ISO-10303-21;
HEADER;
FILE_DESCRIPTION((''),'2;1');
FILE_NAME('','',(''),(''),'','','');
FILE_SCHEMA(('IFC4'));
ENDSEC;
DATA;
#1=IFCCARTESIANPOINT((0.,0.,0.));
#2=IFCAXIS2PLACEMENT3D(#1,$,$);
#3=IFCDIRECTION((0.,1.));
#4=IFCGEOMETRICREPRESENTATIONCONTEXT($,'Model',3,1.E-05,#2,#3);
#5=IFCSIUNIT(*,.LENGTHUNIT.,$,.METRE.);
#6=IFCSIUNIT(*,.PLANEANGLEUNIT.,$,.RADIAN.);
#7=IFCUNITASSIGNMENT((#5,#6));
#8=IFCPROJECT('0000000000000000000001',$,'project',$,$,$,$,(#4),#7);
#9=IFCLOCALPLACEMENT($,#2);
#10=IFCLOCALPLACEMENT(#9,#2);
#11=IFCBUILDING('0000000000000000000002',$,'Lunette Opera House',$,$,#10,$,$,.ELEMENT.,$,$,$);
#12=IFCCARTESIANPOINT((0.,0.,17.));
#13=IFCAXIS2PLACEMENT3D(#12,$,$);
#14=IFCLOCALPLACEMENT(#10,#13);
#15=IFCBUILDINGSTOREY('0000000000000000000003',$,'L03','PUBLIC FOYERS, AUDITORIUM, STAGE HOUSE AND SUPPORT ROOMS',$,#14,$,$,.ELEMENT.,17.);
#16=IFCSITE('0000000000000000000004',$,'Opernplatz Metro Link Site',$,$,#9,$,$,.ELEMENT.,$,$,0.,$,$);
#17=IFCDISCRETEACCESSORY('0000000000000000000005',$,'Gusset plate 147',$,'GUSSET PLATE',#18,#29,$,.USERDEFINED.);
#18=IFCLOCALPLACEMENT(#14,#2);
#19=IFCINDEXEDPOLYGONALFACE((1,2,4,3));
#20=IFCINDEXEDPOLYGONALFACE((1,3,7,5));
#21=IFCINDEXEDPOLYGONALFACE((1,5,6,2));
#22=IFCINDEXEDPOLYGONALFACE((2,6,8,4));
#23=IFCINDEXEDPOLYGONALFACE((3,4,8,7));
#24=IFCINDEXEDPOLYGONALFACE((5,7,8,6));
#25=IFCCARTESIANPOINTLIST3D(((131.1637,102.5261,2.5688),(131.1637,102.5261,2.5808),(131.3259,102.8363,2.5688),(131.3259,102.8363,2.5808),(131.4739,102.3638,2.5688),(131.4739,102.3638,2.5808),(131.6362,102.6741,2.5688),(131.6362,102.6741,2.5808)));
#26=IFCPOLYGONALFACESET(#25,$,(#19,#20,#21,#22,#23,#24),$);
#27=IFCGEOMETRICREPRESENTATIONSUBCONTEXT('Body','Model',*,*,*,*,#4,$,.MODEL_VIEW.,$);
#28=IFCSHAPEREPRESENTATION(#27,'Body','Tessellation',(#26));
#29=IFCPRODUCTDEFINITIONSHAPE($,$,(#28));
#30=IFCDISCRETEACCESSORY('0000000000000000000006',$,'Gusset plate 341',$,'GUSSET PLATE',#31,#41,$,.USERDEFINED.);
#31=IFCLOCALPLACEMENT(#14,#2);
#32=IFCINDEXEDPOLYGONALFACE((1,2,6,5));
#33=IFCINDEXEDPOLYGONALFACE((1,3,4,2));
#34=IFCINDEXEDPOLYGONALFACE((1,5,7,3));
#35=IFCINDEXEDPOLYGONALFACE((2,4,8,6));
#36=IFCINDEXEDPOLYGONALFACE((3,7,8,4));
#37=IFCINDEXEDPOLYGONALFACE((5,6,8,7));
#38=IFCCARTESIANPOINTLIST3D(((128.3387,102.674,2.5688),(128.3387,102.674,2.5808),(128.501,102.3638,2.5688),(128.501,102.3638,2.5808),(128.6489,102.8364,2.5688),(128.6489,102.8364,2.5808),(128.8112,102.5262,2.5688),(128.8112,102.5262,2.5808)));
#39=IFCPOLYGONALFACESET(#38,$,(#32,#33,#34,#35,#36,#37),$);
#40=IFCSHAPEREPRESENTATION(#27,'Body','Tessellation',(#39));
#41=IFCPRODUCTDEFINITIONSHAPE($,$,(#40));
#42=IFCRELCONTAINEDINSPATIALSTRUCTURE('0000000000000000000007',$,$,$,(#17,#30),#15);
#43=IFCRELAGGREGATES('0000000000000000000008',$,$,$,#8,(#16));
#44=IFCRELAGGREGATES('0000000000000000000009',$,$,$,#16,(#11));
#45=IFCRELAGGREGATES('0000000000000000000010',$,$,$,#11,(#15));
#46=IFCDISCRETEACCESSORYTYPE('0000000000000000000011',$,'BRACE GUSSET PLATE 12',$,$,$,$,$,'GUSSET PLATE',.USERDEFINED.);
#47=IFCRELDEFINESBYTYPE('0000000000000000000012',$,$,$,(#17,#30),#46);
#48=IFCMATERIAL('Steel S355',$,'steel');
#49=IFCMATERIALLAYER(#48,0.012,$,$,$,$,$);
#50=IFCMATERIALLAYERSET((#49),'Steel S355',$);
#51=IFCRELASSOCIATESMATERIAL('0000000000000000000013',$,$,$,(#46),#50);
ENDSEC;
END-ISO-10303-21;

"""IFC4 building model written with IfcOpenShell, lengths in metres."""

from ifc_helpers import new_model, si_unit, direction, frame, origin, origin_2d, place, context, subcontext, project, spatial, rectangle, extrude, material, layer, layer_set, type_object, element, save


model = new_model("IFC4")

# Units and contexts
model_context = context("Model", 3, precision=1e-05, world=origin(), true_north=direction((0.0, 1.0)))
body_context = subcontext(model_context, "Body", "Model", "MODEL_VIEW")
ifc_project = project(units=[si_unit("LENGTHUNIT", "METRE"), si_unit("PLANEANGLEUNIT", "RADIAN")], contexts=[model_context])

# Site, building, storey
site_placement = place(None, origin())
site = spatial("IfcSite", under=ifc_project, at=site_placement, Name="Opernplatz Metro Link Site", CompositionType="ELEMENT", RefElevation=0.0)
building_placement = place(site_placement, origin())
building = spatial("IfcBuilding", under=site, at=building_placement, Name="Lunette Opera House", CompositionType="ELEMENT")
storey_placement = place(building_placement, frame((0.0, 0.0, 17.0)))
storey = spatial("IfcBuildingStorey", under=building, at=storey_placement, Name="L03", Description="PUBLIC FOYERS, AUDITORIUM, STAGE HOUSE AND SUPPORT ROOMS", CompositionType="ELEMENT", Elevation=17.0)

# Discrete accessories
ifc_material_1 = material(Name="Steel S355", Category="steel")
ifc_layer = layer(ifc_material_1, 0.012)
ifc_layer_set = layer_set([ifc_layer], Name="Steel S355")
discrete_accessory_type = type_object("IfcDiscreteAccessoryType", Name="BRACE GUSSET PLATE 12", ElementType="GUSSET PLATE", PredefinedType="USERDEFINED", material=ifc_layer_set)
for number, where, z_axis, x_axis, name in (
    (1, (131.3999, 102.6001, 2.5688), (0.0, 0.0, 1.0), (0.463547, 0.886073, 0.0), "Gusset plate 147"),
    (2, (128.575, 102.6001, 2.5688), (0.0, 0.0, 1.0), (-0.463676, 0.886005, 0.0), "Gusset plate 341"),
):
    element("IfcDiscreteAccessory", number, at=place(storey_placement, frame(where, z_axis=z_axis, x_axis=x_axis)), inside=storey, type_object=discrete_accessory_type, Name=name, ObjectType="GUSSET PLATE", PredefinedType="USERDEFINED", context=body_context, shape_type="SweptSolid", body=[
        extrude(rectangle(XDim=0.3501, YDim=0.3501, at=origin_2d()), origin(), (0.0, 0.0, 1.0), 0.012),
    ])

save(model, "model.ifc")
